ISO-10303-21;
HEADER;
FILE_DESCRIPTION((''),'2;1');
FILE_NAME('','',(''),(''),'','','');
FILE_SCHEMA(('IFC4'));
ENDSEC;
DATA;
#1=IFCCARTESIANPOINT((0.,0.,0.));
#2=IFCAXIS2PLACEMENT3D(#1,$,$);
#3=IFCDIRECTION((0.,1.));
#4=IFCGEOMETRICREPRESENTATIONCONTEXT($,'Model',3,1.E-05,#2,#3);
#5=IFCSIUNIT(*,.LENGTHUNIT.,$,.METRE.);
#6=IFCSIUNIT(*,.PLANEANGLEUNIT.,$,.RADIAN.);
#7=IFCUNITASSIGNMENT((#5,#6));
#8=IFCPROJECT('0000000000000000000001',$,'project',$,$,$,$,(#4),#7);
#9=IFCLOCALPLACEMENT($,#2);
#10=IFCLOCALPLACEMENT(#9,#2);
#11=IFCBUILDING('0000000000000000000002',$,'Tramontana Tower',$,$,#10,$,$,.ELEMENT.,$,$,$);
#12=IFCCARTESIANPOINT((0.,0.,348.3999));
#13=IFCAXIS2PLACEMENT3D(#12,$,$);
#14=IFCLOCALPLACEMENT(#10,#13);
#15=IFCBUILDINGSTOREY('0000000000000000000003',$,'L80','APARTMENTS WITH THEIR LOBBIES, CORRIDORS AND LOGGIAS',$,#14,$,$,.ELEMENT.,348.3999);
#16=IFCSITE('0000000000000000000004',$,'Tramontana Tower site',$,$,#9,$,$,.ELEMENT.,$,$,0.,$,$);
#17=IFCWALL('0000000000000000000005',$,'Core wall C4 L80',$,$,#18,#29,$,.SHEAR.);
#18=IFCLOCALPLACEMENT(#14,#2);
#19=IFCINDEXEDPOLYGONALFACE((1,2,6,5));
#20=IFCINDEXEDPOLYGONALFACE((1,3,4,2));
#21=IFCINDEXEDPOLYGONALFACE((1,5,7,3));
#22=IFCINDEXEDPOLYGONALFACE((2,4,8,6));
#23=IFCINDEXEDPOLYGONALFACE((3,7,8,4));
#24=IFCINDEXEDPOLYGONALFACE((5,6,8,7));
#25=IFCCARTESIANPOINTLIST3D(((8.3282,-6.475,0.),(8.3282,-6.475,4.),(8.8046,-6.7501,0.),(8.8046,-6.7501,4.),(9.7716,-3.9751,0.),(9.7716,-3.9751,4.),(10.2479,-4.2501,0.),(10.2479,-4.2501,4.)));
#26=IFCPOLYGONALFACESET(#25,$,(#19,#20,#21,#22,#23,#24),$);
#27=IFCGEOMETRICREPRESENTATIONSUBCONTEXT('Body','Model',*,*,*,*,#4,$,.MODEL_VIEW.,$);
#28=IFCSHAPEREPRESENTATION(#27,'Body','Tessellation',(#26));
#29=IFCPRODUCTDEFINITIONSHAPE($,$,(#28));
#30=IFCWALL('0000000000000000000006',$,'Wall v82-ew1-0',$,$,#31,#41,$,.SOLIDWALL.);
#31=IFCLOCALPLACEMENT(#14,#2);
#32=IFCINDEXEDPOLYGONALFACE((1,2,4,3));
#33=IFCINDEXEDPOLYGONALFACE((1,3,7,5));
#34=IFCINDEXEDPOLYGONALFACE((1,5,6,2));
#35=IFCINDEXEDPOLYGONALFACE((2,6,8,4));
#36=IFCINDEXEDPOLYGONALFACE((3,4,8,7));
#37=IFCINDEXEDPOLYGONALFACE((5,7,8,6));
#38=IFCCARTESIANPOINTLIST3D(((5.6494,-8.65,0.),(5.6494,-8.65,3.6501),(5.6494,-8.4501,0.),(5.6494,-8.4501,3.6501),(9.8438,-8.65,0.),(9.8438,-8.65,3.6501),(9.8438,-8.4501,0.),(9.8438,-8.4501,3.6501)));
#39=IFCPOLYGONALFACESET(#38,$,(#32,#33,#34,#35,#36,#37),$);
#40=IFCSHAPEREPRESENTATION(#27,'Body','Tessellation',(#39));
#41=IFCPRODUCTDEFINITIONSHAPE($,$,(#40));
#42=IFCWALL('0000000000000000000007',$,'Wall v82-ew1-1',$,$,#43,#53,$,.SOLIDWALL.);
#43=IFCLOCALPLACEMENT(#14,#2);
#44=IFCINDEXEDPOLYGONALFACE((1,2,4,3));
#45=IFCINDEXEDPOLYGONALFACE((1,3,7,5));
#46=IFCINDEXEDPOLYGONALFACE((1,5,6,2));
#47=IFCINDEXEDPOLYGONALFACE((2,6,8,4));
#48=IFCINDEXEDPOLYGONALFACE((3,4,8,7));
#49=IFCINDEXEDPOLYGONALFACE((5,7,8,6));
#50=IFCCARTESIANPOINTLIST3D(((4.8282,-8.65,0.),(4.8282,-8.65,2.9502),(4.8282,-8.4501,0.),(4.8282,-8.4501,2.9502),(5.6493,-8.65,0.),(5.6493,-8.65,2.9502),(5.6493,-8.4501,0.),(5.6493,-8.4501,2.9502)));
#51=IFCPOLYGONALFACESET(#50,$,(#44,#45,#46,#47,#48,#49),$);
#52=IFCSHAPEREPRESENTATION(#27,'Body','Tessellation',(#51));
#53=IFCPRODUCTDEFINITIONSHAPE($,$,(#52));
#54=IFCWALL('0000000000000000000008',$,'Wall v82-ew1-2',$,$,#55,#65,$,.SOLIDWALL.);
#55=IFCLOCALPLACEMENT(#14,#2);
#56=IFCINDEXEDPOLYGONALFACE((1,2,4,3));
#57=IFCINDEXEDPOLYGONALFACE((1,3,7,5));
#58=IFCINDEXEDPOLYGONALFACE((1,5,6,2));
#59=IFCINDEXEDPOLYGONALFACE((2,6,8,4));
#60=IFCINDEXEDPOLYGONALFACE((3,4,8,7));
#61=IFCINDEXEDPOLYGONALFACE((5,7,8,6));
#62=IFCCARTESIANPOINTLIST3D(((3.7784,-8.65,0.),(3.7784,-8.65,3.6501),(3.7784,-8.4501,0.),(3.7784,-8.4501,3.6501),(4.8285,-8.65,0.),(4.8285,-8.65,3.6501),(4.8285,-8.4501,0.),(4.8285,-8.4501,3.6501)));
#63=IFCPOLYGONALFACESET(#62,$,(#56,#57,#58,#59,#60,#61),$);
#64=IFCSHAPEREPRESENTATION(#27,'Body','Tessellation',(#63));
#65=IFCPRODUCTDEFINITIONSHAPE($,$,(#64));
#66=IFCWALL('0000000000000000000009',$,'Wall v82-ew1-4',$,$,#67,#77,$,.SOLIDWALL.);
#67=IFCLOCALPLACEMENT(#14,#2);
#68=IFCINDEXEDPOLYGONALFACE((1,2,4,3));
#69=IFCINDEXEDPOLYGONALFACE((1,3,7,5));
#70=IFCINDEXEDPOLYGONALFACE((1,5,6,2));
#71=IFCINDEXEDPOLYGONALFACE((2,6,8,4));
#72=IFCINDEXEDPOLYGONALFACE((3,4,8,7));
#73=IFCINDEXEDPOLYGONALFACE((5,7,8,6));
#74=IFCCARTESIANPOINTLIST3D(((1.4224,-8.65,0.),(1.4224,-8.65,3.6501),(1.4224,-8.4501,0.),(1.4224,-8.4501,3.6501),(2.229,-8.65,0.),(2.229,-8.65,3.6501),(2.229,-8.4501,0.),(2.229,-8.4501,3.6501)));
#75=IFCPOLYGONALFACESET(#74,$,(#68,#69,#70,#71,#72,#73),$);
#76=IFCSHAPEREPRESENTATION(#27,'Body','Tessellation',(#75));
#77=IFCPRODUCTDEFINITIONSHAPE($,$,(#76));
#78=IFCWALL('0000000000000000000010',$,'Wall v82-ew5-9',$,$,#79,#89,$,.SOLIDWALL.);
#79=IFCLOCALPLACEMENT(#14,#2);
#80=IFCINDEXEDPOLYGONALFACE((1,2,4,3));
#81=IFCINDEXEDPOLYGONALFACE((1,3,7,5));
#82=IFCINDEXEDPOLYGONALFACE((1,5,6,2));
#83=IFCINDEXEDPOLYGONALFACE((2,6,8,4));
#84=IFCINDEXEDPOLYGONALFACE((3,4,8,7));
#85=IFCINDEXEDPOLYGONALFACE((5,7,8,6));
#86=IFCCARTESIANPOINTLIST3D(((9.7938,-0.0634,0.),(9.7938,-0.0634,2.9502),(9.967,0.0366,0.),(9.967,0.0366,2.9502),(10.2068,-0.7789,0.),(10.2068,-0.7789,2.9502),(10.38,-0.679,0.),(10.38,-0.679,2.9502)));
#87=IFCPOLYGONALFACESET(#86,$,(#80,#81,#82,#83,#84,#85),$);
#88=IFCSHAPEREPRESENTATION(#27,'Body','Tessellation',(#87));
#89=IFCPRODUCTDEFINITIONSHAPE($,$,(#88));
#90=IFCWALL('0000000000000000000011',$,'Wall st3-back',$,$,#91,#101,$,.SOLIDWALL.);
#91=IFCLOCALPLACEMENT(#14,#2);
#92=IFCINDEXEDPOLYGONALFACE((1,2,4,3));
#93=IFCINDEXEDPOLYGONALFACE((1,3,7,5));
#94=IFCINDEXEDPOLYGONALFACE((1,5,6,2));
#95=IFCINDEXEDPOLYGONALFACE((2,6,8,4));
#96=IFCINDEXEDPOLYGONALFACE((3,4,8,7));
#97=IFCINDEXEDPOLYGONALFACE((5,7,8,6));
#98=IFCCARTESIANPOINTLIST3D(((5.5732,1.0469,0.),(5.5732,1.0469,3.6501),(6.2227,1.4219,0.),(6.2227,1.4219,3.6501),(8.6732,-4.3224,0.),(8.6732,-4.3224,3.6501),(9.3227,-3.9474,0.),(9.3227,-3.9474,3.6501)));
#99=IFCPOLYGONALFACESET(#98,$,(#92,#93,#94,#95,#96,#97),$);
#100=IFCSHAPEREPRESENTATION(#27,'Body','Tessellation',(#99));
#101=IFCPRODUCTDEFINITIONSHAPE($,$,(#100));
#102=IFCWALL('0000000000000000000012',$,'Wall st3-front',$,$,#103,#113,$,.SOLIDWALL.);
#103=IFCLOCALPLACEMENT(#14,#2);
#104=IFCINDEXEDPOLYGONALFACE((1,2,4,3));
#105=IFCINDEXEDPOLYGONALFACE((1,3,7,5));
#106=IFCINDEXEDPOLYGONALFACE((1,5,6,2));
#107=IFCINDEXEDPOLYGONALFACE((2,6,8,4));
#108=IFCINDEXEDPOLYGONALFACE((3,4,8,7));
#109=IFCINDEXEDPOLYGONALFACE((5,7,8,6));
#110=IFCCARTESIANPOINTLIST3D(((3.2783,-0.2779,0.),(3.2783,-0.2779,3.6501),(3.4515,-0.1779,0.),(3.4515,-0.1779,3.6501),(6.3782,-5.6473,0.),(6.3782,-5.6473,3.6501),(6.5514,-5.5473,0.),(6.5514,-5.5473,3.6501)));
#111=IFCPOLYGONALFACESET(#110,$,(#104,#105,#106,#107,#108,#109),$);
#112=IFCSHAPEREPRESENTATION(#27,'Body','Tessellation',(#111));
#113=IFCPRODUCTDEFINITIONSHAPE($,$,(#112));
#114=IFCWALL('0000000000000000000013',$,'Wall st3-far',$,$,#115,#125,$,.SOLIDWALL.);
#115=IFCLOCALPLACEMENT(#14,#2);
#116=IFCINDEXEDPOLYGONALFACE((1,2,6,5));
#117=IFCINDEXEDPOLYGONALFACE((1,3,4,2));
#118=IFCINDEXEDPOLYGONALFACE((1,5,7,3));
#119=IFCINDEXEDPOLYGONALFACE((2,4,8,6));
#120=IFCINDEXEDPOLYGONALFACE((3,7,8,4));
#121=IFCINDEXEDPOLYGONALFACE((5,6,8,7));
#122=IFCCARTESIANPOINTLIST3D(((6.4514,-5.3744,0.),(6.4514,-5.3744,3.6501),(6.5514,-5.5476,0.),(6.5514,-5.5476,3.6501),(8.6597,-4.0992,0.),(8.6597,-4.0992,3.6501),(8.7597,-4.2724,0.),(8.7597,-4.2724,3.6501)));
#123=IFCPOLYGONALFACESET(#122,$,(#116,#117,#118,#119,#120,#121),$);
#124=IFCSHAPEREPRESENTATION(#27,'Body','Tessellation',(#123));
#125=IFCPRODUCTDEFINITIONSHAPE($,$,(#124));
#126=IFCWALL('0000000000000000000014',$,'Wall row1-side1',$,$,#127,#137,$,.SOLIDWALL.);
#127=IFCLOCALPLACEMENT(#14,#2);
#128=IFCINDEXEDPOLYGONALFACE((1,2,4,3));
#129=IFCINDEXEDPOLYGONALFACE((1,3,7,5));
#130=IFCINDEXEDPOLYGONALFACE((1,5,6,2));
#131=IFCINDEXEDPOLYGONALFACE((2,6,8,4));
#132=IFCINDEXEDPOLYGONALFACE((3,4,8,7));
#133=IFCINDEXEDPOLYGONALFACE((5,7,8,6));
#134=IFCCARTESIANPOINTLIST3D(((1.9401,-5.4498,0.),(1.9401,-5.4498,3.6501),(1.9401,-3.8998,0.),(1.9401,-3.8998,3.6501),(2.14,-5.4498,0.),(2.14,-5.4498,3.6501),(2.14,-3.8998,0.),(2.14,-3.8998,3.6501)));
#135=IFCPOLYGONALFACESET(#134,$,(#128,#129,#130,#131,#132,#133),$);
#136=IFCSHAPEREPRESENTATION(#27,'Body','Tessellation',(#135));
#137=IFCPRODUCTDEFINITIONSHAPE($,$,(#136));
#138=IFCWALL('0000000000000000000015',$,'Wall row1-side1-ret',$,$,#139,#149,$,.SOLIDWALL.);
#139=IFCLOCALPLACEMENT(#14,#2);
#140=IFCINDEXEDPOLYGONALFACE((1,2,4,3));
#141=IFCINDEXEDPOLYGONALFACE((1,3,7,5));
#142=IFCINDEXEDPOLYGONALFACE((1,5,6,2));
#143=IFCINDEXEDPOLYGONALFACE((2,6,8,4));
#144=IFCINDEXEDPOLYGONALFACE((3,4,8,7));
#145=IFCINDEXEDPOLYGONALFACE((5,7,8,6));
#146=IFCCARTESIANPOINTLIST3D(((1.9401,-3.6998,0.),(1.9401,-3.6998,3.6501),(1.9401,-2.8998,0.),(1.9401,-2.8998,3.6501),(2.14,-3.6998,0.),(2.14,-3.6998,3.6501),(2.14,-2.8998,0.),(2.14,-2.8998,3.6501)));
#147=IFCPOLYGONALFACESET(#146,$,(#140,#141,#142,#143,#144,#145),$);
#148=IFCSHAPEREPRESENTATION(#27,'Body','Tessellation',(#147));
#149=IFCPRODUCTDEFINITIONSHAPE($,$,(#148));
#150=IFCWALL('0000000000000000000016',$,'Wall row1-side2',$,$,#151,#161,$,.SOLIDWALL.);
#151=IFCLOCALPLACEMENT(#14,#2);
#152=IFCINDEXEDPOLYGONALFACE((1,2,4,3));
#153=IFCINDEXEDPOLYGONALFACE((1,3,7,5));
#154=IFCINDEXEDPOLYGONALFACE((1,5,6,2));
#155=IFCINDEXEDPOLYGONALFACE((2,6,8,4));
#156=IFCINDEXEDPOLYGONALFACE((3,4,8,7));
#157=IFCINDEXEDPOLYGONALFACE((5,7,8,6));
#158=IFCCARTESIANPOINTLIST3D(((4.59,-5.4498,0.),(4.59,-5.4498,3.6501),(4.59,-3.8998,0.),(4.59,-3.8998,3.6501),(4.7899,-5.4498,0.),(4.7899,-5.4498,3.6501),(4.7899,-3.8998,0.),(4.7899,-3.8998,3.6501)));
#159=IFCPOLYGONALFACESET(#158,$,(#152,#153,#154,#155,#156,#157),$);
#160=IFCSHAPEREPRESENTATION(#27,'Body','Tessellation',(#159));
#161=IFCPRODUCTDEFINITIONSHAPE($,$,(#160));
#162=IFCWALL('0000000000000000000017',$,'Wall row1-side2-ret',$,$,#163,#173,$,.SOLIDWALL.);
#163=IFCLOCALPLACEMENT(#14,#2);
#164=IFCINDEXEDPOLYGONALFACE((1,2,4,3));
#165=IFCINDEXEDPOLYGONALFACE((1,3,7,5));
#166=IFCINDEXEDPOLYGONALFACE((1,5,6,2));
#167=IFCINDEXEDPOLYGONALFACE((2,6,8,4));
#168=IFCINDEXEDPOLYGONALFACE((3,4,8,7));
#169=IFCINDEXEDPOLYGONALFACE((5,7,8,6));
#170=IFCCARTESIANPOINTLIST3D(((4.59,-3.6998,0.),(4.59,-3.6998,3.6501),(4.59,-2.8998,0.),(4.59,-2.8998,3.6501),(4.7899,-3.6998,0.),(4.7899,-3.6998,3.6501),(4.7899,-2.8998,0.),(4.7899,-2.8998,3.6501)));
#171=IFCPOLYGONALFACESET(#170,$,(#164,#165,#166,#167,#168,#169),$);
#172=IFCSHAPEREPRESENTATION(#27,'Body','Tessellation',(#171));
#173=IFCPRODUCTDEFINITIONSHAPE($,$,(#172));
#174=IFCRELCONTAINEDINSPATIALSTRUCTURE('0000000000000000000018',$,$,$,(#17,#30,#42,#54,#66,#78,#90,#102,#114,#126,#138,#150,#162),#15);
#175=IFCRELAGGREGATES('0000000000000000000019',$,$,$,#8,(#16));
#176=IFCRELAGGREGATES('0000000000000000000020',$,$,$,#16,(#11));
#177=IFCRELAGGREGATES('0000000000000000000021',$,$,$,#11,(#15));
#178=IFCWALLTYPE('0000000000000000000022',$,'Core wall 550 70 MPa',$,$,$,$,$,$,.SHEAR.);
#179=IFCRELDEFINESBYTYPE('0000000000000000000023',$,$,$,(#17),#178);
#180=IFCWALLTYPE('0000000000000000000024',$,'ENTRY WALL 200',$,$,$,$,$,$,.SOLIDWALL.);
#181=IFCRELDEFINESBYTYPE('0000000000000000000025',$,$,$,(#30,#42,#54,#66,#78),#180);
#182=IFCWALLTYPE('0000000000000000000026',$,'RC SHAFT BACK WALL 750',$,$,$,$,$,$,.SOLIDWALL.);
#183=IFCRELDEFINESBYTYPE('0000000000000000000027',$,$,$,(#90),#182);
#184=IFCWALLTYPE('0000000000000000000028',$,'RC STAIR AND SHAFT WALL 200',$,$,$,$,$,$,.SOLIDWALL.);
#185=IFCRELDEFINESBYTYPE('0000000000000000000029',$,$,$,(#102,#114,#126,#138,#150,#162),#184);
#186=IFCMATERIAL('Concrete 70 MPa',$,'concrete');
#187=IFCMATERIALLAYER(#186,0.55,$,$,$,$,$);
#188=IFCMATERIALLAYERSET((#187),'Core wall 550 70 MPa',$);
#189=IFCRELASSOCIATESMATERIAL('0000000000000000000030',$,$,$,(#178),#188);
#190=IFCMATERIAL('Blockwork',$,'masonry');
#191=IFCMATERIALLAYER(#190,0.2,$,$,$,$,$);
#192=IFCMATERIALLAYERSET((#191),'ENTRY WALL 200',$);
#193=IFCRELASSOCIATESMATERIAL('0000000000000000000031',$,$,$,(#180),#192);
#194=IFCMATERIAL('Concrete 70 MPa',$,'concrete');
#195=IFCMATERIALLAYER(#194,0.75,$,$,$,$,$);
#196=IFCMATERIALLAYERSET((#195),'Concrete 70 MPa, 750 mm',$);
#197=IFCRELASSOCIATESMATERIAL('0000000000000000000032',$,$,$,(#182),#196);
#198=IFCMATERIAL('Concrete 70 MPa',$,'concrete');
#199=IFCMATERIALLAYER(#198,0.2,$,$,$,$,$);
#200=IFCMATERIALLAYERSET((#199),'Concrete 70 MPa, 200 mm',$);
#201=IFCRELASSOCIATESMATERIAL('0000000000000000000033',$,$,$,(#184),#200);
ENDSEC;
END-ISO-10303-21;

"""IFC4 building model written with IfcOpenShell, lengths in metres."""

from ifc_helpers import new_model, si_unit, direction, frame, frame_2d, origin, place, context, subcontext, project, spatial, rectangle, extrude, material, layer, layer_set, type_object, element, save


model = new_model("IFC4")

# Units and contexts
model_context = context("Model", 3, precision=1e-05, world=origin(), true_north=direction((0.0, 1.0)))
body_context = subcontext(model_context, "Body", "Model", "MODEL_VIEW")
ifc_project = project(units=[si_unit("LENGTHUNIT", "METRE"), si_unit("PLANEANGLEUNIT", "RADIAN")], contexts=[model_context])

# Site, building, storey
site_placement = place(None, origin())
site = spatial("IfcSite", under=ifc_project, at=site_placement, Name="Tramontana Tower site", CompositionType="ELEMENT", RefElevation=0.0)
building_placement = place(site_placement, origin())
building = spatial("IfcBuilding", under=site, at=building_placement, Name="Tramontana Tower", CompositionType="ELEMENT")
storey_placement = place(building_placement, frame((0.0, 0.0, 348.3999)))
storey = spatial("IfcBuildingStorey", under=building, at=storey_placement, Name="L80", Description="APARTMENTS WITH THEIR LOBBIES, CORRIDORS AND LOGGIAS", CompositionType="ELEMENT", Elevation=348.3999)

# Walls
ifc_material_1 = material(Name="Concrete 70 MPa", Category="concrete")
ifc_layer_1 = layer(ifc_material_1, 0.55)
ifc_layer_set_1 = layer_set([ifc_layer_1], Name="Core wall 550 70 MPa")
wall_type_1 = type_object("IfcWallType", Name="Core wall 550 70 MPa", PredefinedType="SHEAR", material=ifc_layer_set_1)
wall_1_placement = place(storey_placement, frame((8.5664, -6.6125, 0.0), z_axis=(0.0, 0.0, 1.0), x_axis=(0.499996, 0.866028, 0.0)))
element("IfcWall", 1, at=wall_1_placement, inside=storey, type_object=wall_type_1, Name="Core wall C4 L80", PredefinedType="SHEAR", context=body_context, shape_type="SweptSolid", body=[
    extrude(rectangle(XDim=2.8867, YDim=0.55, at=frame_2d((1.4434, 0.0))), origin(), (0.0, 0.0, 1.0), 4.0),
])
ifc_material_2 = material(Name="Blockwork", Category="masonry")
ifc_layer_2 = layer(ifc_material_2, 0.2)
ifc_layer_set_2 = layer_set([ifc_layer_2], Name="ENTRY WALL 200")
wall_type_2 = type_object("IfcWallType", Name="ENTRY WALL 200", PredefinedType="SOLIDWALL", material=ifc_layer_set_2)
wall_2_placement = place(storey_placement, frame((9.8438, -8.55, 0.0), z_axis=(0.0, 0.0, 1.0), x_axis=(-1.0, 0.0, 0.0)))
element("IfcWall", 2, at=wall_2_placement, inside=storey, type_object=wall_type_2, Name="Wall v82-ew1-0", PredefinedType="SOLIDWALL", context=body_context, shape_type="SweptSolid", body=[
    extrude(rectangle(XDim=4.1943, YDim=0.2, at=frame_2d((2.0972, 0.0))), origin(), (0.0, 0.0, 1.0), 3.6501),
])
wall_3_placement = place(storey_placement, frame((5.6494, -8.55, 0.0), z_axis=(0.0, 0.0, 1.0), x_axis=(-1.0, 0.0, 0.0)))
element("IfcWall", 3, at=wall_3_placement, inside=storey, type_object=wall_type_2, Name="Wall v82-ew1-1", PredefinedType="SOLIDWALL", context=body_context, shape_type="SweptSolid", body=[
    extrude(rectangle(XDim=0.821, YDim=0.2, at=frame_2d((0.4106, 0.0))), origin(), (0.0, 0.0, 1.0), 2.9502),
])
wall_4_placement = place(storey_placement, frame((4.8284, -8.55, 0.0), z_axis=(0.0, 0.0, 1.0), x_axis=(-1.0, 0.0, 0.0)))
element("IfcWall", 4, at=wall_4_placement, inside=storey, type_object=wall_type_2, Name="Wall v82-ew1-2", PredefinedType="SOLIDWALL", context=body_context, shape_type="SweptSolid", body=[
    extrude(rectangle(XDim=1.05, YDim=0.2, at=frame_2d((0.5249, 0.0))), origin(), (0.0, 0.0, 1.0), 3.6501),
])
wall_5_placement = place(storey_placement, frame((2.229, -8.55, 0.0), z_axis=(0.0, 0.0, 1.0), x_axis=(-1.0, 0.0, 0.0)))
element("IfcWall", 5, at=wall_5_placement, inside=storey, type_object=wall_type_2, Name="Wall v82-ew1-4", PredefinedType="SOLIDWALL", context=body_context, shape_type="SweptSolid", body=[
    extrude(rectangle(XDim=0.8066, YDim=0.2, at=frame_2d((0.4033, 0.0))), origin(), (0.0, 0.0, 1.0), 3.6501),
])
wall_6_placement = place(storey_placement, frame((9.8804, -0.0134, 0.0), z_axis=(0.0, 0.0, 1.0), x_axis=(0.499953, -0.866053, 0.0)))
element("IfcWall", 6, at=wall_6_placement, inside=storey, type_object=wall_type_2, Name="Wall v82-ew5-9", PredefinedType="SOLIDWALL", context=body_context, shape_type="SweptSolid", body=[
    extrude(rectangle(XDim=0.8262, YDim=0.2, at=frame_2d((0.4131, 0.0))), origin(), (0.0, 0.0, 1.0), 2.9502),
])
ifc_material_3 = material(Name="Concrete 70 MPa", Category="concrete")
ifc_layer_3 = layer(ifc_material_3, 0.75)
ifc_layer_set_3 = layer_set([ifc_layer_3], Name="Concrete 70 MPa, 750 mm")
wall_type_3 = type_object("IfcWallType", Name="RC SHAFT BACK WALL 750", PredefinedType="SOLIDWALL", material=ifc_layer_set_3)
wall_7_placement = place(storey_placement, frame((8.998, -4.135, 0.0), z_axis=(0.0, 0.0, 1.0), x_axis=(-0.50001, 0.86602, 0.0)))
element("IfcWall", 7, at=wall_7_placement, inside=storey, type_object=wall_type_3, Name="Wall st3-back", PredefinedType="SOLIDWALL", context=body_context, shape_type="SweptSolid", body=[
    extrude(rectangle(XDim=6.2, YDim=0.75, at=frame_2d((3.1001, 0.0))), origin(), (0.0, 0.0, 1.0), 3.6501),
])
ifc_material_4 = material(Name="Concrete 70 MPa", Category="concrete")
ifc_layer_4 = layer(ifc_material_4, 0.2)
ifc_layer_set_4 = layer_set([ifc_layer_4], Name="Concrete 70 MPa, 200 mm")
wall_type_4 = type_object("IfcWallType", Name="RC STAIR AND SHAFT WALL 200", PredefinedType="SOLIDWALL", material=ifc_layer_set_4)
wall_8_placement = place(storey_placement, frame((6.4648, -5.5974, 0.0), z_axis=(0.0, 0.0, 1.0), x_axis=(-0.49998, 0.866037, 0.0)))
element("IfcWall", 8, at=wall_8_placement, inside=storey, type_object=wall_type_4, Name="Wall st3-front", PredefinedType="SOLIDWALL", context=body_context, shape_type="SweptSolid", body=[
    extrude(rectangle(XDim=6.2, YDim=0.2, at=frame_2d((3.1001, 0.0))), origin(), (0.0, 0.0, 1.0), 3.6501),
])
wall_9_placement = place(storey_placement, frame((6.5015, -5.4609, 0.0), z_axis=(0.0, 0.0, 1.0), x_axis=(0.865989, 0.500062, 0.0)))
element("IfcWall", 9, at=wall_9_placement, inside=storey, type_object=wall_type_4, Name="Wall st3-far", PredefinedType="SOLIDWALL", context=body_context, shape_type="SweptSolid", body=[
    extrude(rectangle(XDim=2.55, YDim=0.2, at=frame_2d((1.2749, 0.0))), origin(), (0.0, 0.0, 1.0), 3.6501),
])

# Walls
wall_10_placement = place(storey_placement, frame((2.04, -3.8999, 0.0), z_axis=(0.0, 0.0, 1.0), x_axis=(0.0, -1.0, 0.0)))
element("IfcWall", 10, at=wall_10_placement, inside=storey, type_object=wall_type_4, Name="Wall row1-side1", PredefinedType="SOLIDWALL", context=body_context, shape_type="SweptSolid", body=[
    extrude(rectangle(XDim=1.55, YDim=0.2, at=frame_2d((0.7749, 0.0))), origin(), (0.0, 0.0, 1.0), 3.6501),
])
wall_11_placement = place(storey_placement, frame((2.04, -2.8999, 0.0), z_axis=(0.0, 0.0, 1.0), x_axis=(0.0, -1.0, 0.0)))
element("IfcWall", 11, at=wall_11_placement, inside=storey, type_object=wall_type_4, Name="Wall row1-side1-ret", PredefinedType="SOLIDWALL", context=body_context, shape_type="SweptSolid", body=[
    extrude(rectangle(XDim=0.8, YDim=0.2, at=frame_2d((0.3999, 0.0))), origin(), (0.0, 0.0, 1.0), 3.6501),
])
wall_12_placement = place(storey_placement, frame((4.6899, -3.8999, 0.0), z_axis=(0.0, 0.0, 1.0), x_axis=(0.0, -1.0, 0.0)))
element("IfcWall", 12, at=wall_12_placement, inside=storey, type_object=wall_type_4, Name="Wall row1-side2", PredefinedType="SOLIDWALL", context=body_context, shape_type="SweptSolid", body=[
    extrude(rectangle(XDim=1.55, YDim=0.2, at=frame_2d((0.7749, 0.0))), origin(), (0.0, 0.0, 1.0), 3.6501),
])
wall_13_placement = place(storey_placement, frame((4.6899, -2.8999, 0.0), z_axis=(0.0, 0.0, 1.0), x_axis=(0.0, -1.0, 0.0)))
element("IfcWall", 13, at=wall_13_placement, inside=storey, type_object=wall_type_4, Name="Wall row1-side2-ret", PredefinedType="SOLIDWALL", context=body_context, shape_type="SweptSolid", body=[
    extrude(rectangle(XDim=0.8, YDim=0.2, at=frame_2d((0.3999, 0.0))), origin(), (0.0, 0.0, 1.0), 3.6501),
])

save(model, "model.ifc")
